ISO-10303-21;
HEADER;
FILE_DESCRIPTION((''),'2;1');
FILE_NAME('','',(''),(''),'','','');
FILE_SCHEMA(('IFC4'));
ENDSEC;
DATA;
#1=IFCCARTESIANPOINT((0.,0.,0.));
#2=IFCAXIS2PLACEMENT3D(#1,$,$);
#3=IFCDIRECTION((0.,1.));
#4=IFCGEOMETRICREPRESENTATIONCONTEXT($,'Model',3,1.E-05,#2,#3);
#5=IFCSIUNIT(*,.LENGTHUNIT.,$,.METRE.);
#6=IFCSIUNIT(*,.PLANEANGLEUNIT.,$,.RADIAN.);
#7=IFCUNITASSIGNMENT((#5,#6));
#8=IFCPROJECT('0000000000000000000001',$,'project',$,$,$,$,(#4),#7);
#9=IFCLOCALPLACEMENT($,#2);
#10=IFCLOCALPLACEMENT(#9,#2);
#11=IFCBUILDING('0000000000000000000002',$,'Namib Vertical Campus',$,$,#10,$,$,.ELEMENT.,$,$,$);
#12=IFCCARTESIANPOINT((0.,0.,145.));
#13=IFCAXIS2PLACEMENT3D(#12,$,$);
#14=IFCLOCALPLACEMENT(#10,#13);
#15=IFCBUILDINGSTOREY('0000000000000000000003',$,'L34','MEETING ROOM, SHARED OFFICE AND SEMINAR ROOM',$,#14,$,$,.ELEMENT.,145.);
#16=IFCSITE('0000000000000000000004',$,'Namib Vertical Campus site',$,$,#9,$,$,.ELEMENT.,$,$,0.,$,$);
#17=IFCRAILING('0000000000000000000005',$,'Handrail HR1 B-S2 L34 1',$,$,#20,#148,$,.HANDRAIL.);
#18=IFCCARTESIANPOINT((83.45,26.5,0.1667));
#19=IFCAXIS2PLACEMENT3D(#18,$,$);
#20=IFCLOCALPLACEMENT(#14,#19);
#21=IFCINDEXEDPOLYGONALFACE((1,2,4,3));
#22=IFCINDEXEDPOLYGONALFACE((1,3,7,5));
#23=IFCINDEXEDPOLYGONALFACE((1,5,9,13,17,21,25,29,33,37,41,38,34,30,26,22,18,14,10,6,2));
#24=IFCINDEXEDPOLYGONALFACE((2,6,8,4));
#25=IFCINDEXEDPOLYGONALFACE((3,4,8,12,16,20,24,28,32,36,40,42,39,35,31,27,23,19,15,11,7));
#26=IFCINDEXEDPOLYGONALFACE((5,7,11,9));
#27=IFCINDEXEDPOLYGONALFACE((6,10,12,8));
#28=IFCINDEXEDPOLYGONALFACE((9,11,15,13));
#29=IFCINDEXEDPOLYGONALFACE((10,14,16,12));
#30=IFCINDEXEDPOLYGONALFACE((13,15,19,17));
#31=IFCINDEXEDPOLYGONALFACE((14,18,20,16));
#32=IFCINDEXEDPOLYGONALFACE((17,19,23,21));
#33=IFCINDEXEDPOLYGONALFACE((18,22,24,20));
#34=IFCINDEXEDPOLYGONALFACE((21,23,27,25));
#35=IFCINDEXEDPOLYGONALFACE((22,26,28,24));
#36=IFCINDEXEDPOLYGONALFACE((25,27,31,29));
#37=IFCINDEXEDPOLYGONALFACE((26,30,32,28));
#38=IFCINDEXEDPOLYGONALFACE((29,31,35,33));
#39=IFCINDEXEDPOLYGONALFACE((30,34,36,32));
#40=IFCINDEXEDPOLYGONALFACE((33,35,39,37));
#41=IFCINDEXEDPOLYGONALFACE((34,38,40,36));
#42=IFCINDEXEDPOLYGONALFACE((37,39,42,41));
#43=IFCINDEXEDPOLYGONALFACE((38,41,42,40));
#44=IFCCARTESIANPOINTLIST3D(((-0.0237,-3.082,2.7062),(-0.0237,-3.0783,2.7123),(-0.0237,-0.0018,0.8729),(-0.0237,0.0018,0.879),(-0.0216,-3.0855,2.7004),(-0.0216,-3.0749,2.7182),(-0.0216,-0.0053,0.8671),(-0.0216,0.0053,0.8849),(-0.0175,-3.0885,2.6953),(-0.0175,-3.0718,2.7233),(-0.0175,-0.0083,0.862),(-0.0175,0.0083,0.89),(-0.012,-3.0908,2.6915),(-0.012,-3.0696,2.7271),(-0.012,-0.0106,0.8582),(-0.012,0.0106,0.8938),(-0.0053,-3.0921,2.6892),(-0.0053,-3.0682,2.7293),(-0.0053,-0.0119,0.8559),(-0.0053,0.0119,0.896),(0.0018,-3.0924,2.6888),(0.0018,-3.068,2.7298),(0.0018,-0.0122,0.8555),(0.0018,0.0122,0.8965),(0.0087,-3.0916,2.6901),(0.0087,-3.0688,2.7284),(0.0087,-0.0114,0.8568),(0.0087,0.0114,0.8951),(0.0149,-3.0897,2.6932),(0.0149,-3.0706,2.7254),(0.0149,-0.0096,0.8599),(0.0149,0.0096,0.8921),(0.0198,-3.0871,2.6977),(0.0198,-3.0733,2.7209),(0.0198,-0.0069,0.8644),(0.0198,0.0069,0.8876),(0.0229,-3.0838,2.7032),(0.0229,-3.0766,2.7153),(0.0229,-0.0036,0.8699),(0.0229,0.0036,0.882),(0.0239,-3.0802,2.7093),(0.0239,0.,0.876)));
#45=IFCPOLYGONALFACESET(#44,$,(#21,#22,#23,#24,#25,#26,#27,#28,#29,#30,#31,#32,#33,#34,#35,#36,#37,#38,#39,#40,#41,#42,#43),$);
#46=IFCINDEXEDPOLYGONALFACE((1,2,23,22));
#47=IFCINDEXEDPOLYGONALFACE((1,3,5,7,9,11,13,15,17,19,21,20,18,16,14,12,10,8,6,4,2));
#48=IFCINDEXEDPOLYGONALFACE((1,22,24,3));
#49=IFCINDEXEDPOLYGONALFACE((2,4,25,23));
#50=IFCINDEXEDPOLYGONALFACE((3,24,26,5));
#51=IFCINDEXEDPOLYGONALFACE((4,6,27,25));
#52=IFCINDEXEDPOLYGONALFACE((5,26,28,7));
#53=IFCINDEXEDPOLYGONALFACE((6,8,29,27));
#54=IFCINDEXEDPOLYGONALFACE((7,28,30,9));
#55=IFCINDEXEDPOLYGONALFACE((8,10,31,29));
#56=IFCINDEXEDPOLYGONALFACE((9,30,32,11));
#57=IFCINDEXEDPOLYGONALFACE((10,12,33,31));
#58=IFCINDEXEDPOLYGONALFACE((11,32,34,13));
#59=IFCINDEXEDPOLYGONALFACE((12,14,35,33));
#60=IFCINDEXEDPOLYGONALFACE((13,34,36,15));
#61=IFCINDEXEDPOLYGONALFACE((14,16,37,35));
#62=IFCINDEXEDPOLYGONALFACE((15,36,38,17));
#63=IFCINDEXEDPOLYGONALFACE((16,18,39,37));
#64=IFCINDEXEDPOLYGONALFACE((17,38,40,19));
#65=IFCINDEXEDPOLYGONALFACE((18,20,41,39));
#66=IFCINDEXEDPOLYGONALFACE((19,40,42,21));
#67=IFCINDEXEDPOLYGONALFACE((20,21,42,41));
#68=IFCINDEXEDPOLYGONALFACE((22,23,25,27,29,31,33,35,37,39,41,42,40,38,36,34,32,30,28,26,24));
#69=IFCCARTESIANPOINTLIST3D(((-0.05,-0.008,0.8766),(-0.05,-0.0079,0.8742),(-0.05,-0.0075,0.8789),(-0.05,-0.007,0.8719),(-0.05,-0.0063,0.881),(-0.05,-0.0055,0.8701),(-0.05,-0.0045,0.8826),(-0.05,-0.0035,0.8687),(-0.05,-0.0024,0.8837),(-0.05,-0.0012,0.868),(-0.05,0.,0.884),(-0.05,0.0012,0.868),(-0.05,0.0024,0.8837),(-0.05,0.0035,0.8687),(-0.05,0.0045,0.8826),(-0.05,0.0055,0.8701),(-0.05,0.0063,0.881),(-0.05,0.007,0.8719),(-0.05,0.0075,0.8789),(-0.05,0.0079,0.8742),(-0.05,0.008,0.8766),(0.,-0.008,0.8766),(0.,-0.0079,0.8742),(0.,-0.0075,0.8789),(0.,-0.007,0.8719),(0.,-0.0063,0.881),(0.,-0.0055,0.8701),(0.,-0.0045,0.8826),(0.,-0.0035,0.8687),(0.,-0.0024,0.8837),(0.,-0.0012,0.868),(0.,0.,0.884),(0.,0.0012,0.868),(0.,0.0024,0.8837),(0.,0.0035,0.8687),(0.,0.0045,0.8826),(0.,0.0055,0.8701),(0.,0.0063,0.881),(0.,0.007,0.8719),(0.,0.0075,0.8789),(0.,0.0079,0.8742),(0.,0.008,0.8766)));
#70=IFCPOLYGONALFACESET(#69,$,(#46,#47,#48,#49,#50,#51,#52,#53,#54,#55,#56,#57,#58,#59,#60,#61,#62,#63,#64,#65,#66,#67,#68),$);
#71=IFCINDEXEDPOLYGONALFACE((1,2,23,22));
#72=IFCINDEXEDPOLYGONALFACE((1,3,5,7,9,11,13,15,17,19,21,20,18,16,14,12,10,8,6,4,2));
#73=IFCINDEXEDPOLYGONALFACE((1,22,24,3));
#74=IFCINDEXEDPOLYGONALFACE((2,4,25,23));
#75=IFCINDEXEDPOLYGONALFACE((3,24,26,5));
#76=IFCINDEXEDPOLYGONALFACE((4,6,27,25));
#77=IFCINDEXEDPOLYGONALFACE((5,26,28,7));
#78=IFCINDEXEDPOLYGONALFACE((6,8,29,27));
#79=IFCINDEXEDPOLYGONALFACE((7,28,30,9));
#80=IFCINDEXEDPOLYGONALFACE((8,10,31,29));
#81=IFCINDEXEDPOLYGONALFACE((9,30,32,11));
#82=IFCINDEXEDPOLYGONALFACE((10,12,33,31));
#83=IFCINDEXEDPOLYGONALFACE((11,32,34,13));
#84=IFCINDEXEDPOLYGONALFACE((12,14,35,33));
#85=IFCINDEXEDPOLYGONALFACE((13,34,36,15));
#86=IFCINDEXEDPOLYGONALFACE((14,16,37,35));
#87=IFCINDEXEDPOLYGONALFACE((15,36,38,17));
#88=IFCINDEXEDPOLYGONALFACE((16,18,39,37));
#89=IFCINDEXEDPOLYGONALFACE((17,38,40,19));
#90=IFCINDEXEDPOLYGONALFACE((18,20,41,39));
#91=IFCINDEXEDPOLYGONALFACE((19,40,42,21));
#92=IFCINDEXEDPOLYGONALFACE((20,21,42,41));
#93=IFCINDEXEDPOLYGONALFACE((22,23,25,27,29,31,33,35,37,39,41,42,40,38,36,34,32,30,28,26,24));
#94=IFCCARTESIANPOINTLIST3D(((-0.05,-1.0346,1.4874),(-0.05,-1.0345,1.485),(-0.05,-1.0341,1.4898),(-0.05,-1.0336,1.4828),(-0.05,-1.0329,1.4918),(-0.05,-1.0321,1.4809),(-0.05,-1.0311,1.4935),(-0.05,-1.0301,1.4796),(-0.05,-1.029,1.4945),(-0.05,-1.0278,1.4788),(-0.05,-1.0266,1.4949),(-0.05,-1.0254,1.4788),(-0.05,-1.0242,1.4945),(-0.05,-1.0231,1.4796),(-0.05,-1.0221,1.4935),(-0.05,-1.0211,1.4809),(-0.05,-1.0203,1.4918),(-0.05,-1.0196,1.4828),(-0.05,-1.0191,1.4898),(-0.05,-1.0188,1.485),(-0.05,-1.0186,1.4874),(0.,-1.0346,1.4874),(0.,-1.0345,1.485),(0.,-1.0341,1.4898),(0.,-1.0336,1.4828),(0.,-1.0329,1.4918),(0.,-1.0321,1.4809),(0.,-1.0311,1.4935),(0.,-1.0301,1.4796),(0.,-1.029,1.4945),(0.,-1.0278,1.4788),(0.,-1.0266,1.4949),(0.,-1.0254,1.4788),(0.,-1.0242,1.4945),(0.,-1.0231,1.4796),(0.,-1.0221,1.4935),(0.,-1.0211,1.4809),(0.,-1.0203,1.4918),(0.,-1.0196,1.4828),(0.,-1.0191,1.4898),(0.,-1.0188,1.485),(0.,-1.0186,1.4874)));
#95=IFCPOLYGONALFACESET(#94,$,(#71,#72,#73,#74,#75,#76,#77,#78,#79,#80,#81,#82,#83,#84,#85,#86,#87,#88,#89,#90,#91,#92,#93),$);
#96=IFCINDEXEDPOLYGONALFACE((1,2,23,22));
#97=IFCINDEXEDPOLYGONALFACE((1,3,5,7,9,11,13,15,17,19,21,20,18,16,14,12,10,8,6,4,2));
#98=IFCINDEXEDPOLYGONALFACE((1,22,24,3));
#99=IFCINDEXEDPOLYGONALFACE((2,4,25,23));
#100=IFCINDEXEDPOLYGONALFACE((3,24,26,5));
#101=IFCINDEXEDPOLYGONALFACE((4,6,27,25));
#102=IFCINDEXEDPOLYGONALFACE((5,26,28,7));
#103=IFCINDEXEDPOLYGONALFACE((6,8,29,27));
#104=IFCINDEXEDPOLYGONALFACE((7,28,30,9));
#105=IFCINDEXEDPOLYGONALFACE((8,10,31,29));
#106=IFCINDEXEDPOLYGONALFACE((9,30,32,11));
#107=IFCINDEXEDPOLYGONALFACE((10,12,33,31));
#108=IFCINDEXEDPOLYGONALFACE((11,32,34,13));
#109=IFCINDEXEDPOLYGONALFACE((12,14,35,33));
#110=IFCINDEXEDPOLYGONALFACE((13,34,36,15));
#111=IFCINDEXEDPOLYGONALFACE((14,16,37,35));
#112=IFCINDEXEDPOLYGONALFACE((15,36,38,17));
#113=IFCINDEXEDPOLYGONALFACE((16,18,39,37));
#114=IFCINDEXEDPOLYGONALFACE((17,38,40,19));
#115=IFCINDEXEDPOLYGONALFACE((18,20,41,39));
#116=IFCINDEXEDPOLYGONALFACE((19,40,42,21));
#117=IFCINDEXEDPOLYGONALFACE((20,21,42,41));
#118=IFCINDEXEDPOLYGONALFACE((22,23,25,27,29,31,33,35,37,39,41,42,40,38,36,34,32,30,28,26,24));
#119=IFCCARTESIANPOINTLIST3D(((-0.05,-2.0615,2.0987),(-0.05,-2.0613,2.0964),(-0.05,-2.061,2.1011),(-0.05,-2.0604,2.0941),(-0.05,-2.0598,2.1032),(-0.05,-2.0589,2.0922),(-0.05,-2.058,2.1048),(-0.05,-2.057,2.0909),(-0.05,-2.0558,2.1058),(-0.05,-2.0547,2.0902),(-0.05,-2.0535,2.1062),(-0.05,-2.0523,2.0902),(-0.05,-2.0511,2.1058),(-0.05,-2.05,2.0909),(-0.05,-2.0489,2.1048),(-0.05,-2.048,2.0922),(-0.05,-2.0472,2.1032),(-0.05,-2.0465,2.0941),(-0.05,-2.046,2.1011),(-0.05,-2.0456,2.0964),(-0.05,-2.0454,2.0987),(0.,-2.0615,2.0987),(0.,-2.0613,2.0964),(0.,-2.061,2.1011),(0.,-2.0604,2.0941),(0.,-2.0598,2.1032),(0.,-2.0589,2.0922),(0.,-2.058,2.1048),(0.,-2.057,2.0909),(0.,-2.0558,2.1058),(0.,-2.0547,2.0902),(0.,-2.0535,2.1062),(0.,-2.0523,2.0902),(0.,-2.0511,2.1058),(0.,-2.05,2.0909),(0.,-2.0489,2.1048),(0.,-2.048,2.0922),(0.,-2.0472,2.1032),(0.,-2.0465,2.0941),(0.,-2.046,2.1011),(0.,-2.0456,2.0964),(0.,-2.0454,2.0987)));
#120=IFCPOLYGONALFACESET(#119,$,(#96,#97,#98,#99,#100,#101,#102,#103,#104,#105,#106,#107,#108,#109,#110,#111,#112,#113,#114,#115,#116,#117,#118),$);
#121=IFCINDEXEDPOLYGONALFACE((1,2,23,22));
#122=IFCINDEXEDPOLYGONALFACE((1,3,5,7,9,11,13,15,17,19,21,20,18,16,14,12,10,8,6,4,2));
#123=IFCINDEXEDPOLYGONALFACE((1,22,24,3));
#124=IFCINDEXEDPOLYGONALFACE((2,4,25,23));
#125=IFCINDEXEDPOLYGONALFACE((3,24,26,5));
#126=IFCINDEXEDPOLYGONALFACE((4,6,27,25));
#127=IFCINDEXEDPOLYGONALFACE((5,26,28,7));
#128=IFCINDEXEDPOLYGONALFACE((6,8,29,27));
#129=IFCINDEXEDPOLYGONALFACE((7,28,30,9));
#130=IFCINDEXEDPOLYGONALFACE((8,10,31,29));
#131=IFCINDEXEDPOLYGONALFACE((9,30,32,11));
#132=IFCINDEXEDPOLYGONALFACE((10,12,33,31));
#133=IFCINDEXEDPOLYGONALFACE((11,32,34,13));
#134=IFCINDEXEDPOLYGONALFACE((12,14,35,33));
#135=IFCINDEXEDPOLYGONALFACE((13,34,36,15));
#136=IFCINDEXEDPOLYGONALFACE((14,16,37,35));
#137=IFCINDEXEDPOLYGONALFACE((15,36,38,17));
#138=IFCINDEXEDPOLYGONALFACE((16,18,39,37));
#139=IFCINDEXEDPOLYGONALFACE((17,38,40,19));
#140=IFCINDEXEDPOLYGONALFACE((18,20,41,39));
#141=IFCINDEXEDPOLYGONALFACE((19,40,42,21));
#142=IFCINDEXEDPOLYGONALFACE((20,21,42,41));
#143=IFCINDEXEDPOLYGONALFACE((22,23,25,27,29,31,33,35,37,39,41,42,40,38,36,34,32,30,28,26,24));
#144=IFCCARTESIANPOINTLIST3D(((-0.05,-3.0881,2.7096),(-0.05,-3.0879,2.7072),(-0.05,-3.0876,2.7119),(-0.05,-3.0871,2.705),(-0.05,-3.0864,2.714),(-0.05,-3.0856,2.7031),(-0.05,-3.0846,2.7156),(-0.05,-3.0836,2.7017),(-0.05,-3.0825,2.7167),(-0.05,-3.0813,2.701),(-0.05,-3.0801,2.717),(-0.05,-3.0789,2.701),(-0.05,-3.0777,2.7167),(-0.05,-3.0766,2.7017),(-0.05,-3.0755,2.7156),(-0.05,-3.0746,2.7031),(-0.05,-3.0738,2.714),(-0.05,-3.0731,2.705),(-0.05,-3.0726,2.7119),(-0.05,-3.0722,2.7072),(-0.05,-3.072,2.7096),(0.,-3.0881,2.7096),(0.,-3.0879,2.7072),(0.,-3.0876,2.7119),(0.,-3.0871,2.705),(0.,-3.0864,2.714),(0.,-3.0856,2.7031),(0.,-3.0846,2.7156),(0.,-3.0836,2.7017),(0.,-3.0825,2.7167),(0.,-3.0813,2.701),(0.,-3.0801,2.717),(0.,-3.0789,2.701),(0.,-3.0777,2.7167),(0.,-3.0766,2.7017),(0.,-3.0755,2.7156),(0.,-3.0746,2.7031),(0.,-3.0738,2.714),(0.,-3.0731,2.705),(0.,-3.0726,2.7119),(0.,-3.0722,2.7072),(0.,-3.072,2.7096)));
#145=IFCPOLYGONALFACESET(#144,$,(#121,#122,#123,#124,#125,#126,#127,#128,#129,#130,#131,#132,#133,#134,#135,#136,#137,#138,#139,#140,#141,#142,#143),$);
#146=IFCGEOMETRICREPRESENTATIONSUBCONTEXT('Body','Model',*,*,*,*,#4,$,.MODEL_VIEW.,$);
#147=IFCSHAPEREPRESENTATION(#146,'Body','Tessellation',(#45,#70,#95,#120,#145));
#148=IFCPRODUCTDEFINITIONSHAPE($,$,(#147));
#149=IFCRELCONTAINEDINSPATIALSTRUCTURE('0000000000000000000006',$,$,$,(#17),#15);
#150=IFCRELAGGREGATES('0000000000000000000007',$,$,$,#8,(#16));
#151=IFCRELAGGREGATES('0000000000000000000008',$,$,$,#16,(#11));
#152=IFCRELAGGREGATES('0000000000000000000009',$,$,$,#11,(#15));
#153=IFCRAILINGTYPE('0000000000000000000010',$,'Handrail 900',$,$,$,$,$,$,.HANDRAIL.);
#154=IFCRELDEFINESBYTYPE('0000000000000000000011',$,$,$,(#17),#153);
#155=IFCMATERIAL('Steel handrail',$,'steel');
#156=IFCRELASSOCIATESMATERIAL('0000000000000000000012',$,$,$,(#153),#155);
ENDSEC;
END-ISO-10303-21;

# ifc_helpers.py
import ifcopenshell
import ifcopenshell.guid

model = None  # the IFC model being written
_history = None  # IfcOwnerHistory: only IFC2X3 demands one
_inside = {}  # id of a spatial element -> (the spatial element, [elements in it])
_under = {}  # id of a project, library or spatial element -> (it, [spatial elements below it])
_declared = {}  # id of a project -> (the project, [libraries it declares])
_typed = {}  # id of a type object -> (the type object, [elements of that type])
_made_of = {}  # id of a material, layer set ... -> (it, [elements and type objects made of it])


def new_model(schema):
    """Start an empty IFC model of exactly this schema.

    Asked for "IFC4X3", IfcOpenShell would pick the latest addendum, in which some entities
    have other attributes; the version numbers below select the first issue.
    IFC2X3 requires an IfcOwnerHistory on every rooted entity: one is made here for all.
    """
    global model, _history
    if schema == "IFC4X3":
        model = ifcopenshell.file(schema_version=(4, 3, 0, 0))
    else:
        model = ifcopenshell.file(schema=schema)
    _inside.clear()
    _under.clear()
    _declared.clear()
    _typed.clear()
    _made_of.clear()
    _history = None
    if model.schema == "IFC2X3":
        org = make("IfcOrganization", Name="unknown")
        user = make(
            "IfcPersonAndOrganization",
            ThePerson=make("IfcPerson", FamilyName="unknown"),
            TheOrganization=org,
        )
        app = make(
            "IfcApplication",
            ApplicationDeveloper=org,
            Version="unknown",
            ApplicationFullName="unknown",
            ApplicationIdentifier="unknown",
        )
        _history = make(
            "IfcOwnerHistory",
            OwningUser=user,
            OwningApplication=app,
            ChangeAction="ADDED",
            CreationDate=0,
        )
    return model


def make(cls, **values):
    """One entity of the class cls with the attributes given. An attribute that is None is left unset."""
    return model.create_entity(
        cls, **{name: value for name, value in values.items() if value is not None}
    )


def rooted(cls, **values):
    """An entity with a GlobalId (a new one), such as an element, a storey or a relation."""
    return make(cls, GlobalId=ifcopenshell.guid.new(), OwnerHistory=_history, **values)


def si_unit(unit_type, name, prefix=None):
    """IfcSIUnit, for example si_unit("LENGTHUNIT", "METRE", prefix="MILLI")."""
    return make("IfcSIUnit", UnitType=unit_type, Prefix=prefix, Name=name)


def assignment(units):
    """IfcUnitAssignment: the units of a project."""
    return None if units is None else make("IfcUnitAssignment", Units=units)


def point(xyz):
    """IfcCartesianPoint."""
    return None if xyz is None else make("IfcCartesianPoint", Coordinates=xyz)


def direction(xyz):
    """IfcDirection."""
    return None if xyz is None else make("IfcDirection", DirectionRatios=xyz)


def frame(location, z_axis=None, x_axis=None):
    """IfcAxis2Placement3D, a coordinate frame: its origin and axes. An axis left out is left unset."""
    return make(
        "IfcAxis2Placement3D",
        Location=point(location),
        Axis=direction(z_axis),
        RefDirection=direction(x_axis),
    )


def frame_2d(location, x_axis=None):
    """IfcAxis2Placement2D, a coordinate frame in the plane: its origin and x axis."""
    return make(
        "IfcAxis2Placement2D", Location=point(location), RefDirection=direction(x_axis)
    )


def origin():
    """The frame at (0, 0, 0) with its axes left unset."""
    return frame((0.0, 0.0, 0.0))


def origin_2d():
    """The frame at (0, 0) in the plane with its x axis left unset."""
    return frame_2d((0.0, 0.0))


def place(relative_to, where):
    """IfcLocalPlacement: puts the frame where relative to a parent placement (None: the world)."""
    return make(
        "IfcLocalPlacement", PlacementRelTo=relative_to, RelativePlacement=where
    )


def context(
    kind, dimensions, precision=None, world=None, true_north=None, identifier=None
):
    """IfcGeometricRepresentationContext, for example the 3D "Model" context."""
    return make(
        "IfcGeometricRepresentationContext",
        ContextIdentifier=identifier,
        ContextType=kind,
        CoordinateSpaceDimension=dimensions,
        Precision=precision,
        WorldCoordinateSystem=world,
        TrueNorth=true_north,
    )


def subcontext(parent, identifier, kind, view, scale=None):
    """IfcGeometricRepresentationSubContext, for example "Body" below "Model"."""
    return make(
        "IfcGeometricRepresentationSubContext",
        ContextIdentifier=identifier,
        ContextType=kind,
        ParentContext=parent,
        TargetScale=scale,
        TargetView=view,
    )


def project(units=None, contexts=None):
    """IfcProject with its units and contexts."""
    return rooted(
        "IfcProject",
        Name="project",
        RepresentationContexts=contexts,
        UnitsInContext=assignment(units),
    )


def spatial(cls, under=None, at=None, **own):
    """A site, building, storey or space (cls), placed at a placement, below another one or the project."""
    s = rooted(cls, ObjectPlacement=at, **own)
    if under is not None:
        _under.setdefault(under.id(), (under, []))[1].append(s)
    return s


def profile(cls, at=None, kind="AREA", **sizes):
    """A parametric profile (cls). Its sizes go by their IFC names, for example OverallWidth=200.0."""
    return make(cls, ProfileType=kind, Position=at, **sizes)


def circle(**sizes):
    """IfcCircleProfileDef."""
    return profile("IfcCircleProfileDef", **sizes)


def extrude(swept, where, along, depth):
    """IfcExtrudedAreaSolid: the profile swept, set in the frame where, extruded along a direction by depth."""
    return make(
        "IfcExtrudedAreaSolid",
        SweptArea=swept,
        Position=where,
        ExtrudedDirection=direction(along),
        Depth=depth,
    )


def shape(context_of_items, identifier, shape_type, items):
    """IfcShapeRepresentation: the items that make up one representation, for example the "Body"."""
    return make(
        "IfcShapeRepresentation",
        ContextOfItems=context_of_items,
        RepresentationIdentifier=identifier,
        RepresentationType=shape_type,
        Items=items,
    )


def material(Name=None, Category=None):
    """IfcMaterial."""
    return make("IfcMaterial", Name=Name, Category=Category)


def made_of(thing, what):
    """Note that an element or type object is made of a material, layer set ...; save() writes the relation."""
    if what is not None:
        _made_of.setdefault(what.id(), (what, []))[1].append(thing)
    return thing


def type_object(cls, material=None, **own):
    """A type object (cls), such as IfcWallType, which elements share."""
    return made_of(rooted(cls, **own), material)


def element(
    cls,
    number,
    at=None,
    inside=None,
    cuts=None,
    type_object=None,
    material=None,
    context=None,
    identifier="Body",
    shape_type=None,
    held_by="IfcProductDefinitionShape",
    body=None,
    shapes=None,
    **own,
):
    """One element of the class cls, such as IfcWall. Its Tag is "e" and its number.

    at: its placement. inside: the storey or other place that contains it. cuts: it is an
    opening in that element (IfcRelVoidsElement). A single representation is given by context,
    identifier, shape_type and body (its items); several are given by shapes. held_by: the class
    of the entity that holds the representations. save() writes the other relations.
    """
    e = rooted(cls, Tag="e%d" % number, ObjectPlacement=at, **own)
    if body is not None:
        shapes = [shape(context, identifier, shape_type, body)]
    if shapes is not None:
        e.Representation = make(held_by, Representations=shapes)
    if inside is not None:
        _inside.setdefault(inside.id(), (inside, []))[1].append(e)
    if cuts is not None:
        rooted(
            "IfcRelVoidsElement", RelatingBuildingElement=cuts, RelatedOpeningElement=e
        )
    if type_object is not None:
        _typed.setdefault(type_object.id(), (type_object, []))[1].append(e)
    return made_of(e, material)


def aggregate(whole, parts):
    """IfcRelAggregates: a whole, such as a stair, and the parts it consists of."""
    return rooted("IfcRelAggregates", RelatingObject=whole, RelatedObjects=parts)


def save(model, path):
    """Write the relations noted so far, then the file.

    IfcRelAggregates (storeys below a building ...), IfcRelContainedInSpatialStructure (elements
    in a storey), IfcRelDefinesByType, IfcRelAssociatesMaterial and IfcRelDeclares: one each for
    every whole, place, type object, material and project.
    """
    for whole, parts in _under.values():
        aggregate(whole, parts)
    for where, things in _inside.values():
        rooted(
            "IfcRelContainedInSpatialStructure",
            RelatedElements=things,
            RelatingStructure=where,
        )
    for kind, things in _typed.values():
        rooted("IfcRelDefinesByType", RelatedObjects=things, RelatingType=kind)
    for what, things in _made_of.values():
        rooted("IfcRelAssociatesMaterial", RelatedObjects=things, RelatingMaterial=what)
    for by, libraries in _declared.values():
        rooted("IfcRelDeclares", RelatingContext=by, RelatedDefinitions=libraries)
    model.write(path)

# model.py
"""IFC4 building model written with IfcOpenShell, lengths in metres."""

from ifc_helpers import new_model, si_unit, direction, frame, origin, origin_2d, place, context, subcontext, project, spatial, circle, extrude, material, type_object, element, save


model = new_model("IFC4")

# Units and contexts
model_context = context("Model", 3, precision=1e-05, world=origin(), true_north=direction((0.0, 1.0)))
body_context = subcontext(model_context, "Body", "Model", "MODEL_VIEW")
ifc_project = project(units=[si_unit("LENGTHUNIT", "METRE"), si_unit("PLANEANGLEUNIT", "RADIAN")], contexts=[model_context])

# Site, building, storey
site_placement = place(None, origin())
site = spatial("IfcSite", under=ifc_project, at=site_placement, Name="Namib Vertical Campus site", CompositionType="ELEMENT", RefElevation=0.0)
building_placement = place(site_placement, origin())
building = spatial("IfcBuilding", under=site, at=building_placement, Name="Namib Vertical Campus", CompositionType="ELEMENT")
storey_placement = place(building_placement, frame((0.0, 0.0, 145.0)))
storey = spatial("IfcBuildingStorey", under=building, at=storey_placement, Name="L34", Description="MEETING ROOM, SHARED OFFICE AND SEMINAR ROOM", CompositionType="ELEMENT", Elevation=145.0)

# Railing
ifc_material_1 = material(Name="Steel handrail", Category="steel")
railing_type_1 = type_object("IfcRailingType", Name="Handrail 900", PredefinedType="HANDRAIL", material=ifc_material_1)
railing_1_placement = place(storey_placement, frame((83.45, 26.5, 0.1667)))
element("IfcRailing", 1, at=railing_1_placement, inside=storey, type_object=railing_type_1, Name="Handrail HR1 B-S2 L34 1", PredefinedType="HANDRAIL", context=body_context, shape_type="SweptSolid", body=[
    extrude(circle(Radius=0.0239, at=origin_2d()), frame((0.0, 0.0, 0.876), z_axis=(0.0, -0.859309, 0.511458), x_axis=(1.0, 0.0, 0.0)), (0.0, 0.0, 1.0), 3.5845),
    extrude(circle(Radius=0.0081, at=origin_2d()), frame((0.0, 0.0, 0.876), z_axis=(-1.0, 0.0, 0.0), x_axis=(0.0, 0.0, 1.0)), (0.0, 0.0, 1.0), 0.05),
    extrude(circle(Radius=0.0081, at=origin_2d()), frame((0.0, -1.0266, 1.4868), z_axis=(-1.0, 0.0, 0.0), x_axis=(0.0, 0.0, 1.0)), (0.0, 0.0, 1.0), 0.05),
    extrude(circle(Radius=0.0081, at=origin_2d()), frame((0.0, -2.0535, 2.0981), z_axis=(-1.0, 0.0, 0.0), x_axis=(0.0, 0.0, 1.0)), (0.0, 0.0, 1.0), 0.05),
    extrude(circle(Radius=0.0081, at=origin_2d()), frame((0.0, -3.0801, 2.709), z_axis=(-1.0, 0.0, 0.0), x_axis=(0.0, 0.0, 1.0)), (0.0, 0.0, 1.0), 0.05),
])

save(model, "model.ifc")
